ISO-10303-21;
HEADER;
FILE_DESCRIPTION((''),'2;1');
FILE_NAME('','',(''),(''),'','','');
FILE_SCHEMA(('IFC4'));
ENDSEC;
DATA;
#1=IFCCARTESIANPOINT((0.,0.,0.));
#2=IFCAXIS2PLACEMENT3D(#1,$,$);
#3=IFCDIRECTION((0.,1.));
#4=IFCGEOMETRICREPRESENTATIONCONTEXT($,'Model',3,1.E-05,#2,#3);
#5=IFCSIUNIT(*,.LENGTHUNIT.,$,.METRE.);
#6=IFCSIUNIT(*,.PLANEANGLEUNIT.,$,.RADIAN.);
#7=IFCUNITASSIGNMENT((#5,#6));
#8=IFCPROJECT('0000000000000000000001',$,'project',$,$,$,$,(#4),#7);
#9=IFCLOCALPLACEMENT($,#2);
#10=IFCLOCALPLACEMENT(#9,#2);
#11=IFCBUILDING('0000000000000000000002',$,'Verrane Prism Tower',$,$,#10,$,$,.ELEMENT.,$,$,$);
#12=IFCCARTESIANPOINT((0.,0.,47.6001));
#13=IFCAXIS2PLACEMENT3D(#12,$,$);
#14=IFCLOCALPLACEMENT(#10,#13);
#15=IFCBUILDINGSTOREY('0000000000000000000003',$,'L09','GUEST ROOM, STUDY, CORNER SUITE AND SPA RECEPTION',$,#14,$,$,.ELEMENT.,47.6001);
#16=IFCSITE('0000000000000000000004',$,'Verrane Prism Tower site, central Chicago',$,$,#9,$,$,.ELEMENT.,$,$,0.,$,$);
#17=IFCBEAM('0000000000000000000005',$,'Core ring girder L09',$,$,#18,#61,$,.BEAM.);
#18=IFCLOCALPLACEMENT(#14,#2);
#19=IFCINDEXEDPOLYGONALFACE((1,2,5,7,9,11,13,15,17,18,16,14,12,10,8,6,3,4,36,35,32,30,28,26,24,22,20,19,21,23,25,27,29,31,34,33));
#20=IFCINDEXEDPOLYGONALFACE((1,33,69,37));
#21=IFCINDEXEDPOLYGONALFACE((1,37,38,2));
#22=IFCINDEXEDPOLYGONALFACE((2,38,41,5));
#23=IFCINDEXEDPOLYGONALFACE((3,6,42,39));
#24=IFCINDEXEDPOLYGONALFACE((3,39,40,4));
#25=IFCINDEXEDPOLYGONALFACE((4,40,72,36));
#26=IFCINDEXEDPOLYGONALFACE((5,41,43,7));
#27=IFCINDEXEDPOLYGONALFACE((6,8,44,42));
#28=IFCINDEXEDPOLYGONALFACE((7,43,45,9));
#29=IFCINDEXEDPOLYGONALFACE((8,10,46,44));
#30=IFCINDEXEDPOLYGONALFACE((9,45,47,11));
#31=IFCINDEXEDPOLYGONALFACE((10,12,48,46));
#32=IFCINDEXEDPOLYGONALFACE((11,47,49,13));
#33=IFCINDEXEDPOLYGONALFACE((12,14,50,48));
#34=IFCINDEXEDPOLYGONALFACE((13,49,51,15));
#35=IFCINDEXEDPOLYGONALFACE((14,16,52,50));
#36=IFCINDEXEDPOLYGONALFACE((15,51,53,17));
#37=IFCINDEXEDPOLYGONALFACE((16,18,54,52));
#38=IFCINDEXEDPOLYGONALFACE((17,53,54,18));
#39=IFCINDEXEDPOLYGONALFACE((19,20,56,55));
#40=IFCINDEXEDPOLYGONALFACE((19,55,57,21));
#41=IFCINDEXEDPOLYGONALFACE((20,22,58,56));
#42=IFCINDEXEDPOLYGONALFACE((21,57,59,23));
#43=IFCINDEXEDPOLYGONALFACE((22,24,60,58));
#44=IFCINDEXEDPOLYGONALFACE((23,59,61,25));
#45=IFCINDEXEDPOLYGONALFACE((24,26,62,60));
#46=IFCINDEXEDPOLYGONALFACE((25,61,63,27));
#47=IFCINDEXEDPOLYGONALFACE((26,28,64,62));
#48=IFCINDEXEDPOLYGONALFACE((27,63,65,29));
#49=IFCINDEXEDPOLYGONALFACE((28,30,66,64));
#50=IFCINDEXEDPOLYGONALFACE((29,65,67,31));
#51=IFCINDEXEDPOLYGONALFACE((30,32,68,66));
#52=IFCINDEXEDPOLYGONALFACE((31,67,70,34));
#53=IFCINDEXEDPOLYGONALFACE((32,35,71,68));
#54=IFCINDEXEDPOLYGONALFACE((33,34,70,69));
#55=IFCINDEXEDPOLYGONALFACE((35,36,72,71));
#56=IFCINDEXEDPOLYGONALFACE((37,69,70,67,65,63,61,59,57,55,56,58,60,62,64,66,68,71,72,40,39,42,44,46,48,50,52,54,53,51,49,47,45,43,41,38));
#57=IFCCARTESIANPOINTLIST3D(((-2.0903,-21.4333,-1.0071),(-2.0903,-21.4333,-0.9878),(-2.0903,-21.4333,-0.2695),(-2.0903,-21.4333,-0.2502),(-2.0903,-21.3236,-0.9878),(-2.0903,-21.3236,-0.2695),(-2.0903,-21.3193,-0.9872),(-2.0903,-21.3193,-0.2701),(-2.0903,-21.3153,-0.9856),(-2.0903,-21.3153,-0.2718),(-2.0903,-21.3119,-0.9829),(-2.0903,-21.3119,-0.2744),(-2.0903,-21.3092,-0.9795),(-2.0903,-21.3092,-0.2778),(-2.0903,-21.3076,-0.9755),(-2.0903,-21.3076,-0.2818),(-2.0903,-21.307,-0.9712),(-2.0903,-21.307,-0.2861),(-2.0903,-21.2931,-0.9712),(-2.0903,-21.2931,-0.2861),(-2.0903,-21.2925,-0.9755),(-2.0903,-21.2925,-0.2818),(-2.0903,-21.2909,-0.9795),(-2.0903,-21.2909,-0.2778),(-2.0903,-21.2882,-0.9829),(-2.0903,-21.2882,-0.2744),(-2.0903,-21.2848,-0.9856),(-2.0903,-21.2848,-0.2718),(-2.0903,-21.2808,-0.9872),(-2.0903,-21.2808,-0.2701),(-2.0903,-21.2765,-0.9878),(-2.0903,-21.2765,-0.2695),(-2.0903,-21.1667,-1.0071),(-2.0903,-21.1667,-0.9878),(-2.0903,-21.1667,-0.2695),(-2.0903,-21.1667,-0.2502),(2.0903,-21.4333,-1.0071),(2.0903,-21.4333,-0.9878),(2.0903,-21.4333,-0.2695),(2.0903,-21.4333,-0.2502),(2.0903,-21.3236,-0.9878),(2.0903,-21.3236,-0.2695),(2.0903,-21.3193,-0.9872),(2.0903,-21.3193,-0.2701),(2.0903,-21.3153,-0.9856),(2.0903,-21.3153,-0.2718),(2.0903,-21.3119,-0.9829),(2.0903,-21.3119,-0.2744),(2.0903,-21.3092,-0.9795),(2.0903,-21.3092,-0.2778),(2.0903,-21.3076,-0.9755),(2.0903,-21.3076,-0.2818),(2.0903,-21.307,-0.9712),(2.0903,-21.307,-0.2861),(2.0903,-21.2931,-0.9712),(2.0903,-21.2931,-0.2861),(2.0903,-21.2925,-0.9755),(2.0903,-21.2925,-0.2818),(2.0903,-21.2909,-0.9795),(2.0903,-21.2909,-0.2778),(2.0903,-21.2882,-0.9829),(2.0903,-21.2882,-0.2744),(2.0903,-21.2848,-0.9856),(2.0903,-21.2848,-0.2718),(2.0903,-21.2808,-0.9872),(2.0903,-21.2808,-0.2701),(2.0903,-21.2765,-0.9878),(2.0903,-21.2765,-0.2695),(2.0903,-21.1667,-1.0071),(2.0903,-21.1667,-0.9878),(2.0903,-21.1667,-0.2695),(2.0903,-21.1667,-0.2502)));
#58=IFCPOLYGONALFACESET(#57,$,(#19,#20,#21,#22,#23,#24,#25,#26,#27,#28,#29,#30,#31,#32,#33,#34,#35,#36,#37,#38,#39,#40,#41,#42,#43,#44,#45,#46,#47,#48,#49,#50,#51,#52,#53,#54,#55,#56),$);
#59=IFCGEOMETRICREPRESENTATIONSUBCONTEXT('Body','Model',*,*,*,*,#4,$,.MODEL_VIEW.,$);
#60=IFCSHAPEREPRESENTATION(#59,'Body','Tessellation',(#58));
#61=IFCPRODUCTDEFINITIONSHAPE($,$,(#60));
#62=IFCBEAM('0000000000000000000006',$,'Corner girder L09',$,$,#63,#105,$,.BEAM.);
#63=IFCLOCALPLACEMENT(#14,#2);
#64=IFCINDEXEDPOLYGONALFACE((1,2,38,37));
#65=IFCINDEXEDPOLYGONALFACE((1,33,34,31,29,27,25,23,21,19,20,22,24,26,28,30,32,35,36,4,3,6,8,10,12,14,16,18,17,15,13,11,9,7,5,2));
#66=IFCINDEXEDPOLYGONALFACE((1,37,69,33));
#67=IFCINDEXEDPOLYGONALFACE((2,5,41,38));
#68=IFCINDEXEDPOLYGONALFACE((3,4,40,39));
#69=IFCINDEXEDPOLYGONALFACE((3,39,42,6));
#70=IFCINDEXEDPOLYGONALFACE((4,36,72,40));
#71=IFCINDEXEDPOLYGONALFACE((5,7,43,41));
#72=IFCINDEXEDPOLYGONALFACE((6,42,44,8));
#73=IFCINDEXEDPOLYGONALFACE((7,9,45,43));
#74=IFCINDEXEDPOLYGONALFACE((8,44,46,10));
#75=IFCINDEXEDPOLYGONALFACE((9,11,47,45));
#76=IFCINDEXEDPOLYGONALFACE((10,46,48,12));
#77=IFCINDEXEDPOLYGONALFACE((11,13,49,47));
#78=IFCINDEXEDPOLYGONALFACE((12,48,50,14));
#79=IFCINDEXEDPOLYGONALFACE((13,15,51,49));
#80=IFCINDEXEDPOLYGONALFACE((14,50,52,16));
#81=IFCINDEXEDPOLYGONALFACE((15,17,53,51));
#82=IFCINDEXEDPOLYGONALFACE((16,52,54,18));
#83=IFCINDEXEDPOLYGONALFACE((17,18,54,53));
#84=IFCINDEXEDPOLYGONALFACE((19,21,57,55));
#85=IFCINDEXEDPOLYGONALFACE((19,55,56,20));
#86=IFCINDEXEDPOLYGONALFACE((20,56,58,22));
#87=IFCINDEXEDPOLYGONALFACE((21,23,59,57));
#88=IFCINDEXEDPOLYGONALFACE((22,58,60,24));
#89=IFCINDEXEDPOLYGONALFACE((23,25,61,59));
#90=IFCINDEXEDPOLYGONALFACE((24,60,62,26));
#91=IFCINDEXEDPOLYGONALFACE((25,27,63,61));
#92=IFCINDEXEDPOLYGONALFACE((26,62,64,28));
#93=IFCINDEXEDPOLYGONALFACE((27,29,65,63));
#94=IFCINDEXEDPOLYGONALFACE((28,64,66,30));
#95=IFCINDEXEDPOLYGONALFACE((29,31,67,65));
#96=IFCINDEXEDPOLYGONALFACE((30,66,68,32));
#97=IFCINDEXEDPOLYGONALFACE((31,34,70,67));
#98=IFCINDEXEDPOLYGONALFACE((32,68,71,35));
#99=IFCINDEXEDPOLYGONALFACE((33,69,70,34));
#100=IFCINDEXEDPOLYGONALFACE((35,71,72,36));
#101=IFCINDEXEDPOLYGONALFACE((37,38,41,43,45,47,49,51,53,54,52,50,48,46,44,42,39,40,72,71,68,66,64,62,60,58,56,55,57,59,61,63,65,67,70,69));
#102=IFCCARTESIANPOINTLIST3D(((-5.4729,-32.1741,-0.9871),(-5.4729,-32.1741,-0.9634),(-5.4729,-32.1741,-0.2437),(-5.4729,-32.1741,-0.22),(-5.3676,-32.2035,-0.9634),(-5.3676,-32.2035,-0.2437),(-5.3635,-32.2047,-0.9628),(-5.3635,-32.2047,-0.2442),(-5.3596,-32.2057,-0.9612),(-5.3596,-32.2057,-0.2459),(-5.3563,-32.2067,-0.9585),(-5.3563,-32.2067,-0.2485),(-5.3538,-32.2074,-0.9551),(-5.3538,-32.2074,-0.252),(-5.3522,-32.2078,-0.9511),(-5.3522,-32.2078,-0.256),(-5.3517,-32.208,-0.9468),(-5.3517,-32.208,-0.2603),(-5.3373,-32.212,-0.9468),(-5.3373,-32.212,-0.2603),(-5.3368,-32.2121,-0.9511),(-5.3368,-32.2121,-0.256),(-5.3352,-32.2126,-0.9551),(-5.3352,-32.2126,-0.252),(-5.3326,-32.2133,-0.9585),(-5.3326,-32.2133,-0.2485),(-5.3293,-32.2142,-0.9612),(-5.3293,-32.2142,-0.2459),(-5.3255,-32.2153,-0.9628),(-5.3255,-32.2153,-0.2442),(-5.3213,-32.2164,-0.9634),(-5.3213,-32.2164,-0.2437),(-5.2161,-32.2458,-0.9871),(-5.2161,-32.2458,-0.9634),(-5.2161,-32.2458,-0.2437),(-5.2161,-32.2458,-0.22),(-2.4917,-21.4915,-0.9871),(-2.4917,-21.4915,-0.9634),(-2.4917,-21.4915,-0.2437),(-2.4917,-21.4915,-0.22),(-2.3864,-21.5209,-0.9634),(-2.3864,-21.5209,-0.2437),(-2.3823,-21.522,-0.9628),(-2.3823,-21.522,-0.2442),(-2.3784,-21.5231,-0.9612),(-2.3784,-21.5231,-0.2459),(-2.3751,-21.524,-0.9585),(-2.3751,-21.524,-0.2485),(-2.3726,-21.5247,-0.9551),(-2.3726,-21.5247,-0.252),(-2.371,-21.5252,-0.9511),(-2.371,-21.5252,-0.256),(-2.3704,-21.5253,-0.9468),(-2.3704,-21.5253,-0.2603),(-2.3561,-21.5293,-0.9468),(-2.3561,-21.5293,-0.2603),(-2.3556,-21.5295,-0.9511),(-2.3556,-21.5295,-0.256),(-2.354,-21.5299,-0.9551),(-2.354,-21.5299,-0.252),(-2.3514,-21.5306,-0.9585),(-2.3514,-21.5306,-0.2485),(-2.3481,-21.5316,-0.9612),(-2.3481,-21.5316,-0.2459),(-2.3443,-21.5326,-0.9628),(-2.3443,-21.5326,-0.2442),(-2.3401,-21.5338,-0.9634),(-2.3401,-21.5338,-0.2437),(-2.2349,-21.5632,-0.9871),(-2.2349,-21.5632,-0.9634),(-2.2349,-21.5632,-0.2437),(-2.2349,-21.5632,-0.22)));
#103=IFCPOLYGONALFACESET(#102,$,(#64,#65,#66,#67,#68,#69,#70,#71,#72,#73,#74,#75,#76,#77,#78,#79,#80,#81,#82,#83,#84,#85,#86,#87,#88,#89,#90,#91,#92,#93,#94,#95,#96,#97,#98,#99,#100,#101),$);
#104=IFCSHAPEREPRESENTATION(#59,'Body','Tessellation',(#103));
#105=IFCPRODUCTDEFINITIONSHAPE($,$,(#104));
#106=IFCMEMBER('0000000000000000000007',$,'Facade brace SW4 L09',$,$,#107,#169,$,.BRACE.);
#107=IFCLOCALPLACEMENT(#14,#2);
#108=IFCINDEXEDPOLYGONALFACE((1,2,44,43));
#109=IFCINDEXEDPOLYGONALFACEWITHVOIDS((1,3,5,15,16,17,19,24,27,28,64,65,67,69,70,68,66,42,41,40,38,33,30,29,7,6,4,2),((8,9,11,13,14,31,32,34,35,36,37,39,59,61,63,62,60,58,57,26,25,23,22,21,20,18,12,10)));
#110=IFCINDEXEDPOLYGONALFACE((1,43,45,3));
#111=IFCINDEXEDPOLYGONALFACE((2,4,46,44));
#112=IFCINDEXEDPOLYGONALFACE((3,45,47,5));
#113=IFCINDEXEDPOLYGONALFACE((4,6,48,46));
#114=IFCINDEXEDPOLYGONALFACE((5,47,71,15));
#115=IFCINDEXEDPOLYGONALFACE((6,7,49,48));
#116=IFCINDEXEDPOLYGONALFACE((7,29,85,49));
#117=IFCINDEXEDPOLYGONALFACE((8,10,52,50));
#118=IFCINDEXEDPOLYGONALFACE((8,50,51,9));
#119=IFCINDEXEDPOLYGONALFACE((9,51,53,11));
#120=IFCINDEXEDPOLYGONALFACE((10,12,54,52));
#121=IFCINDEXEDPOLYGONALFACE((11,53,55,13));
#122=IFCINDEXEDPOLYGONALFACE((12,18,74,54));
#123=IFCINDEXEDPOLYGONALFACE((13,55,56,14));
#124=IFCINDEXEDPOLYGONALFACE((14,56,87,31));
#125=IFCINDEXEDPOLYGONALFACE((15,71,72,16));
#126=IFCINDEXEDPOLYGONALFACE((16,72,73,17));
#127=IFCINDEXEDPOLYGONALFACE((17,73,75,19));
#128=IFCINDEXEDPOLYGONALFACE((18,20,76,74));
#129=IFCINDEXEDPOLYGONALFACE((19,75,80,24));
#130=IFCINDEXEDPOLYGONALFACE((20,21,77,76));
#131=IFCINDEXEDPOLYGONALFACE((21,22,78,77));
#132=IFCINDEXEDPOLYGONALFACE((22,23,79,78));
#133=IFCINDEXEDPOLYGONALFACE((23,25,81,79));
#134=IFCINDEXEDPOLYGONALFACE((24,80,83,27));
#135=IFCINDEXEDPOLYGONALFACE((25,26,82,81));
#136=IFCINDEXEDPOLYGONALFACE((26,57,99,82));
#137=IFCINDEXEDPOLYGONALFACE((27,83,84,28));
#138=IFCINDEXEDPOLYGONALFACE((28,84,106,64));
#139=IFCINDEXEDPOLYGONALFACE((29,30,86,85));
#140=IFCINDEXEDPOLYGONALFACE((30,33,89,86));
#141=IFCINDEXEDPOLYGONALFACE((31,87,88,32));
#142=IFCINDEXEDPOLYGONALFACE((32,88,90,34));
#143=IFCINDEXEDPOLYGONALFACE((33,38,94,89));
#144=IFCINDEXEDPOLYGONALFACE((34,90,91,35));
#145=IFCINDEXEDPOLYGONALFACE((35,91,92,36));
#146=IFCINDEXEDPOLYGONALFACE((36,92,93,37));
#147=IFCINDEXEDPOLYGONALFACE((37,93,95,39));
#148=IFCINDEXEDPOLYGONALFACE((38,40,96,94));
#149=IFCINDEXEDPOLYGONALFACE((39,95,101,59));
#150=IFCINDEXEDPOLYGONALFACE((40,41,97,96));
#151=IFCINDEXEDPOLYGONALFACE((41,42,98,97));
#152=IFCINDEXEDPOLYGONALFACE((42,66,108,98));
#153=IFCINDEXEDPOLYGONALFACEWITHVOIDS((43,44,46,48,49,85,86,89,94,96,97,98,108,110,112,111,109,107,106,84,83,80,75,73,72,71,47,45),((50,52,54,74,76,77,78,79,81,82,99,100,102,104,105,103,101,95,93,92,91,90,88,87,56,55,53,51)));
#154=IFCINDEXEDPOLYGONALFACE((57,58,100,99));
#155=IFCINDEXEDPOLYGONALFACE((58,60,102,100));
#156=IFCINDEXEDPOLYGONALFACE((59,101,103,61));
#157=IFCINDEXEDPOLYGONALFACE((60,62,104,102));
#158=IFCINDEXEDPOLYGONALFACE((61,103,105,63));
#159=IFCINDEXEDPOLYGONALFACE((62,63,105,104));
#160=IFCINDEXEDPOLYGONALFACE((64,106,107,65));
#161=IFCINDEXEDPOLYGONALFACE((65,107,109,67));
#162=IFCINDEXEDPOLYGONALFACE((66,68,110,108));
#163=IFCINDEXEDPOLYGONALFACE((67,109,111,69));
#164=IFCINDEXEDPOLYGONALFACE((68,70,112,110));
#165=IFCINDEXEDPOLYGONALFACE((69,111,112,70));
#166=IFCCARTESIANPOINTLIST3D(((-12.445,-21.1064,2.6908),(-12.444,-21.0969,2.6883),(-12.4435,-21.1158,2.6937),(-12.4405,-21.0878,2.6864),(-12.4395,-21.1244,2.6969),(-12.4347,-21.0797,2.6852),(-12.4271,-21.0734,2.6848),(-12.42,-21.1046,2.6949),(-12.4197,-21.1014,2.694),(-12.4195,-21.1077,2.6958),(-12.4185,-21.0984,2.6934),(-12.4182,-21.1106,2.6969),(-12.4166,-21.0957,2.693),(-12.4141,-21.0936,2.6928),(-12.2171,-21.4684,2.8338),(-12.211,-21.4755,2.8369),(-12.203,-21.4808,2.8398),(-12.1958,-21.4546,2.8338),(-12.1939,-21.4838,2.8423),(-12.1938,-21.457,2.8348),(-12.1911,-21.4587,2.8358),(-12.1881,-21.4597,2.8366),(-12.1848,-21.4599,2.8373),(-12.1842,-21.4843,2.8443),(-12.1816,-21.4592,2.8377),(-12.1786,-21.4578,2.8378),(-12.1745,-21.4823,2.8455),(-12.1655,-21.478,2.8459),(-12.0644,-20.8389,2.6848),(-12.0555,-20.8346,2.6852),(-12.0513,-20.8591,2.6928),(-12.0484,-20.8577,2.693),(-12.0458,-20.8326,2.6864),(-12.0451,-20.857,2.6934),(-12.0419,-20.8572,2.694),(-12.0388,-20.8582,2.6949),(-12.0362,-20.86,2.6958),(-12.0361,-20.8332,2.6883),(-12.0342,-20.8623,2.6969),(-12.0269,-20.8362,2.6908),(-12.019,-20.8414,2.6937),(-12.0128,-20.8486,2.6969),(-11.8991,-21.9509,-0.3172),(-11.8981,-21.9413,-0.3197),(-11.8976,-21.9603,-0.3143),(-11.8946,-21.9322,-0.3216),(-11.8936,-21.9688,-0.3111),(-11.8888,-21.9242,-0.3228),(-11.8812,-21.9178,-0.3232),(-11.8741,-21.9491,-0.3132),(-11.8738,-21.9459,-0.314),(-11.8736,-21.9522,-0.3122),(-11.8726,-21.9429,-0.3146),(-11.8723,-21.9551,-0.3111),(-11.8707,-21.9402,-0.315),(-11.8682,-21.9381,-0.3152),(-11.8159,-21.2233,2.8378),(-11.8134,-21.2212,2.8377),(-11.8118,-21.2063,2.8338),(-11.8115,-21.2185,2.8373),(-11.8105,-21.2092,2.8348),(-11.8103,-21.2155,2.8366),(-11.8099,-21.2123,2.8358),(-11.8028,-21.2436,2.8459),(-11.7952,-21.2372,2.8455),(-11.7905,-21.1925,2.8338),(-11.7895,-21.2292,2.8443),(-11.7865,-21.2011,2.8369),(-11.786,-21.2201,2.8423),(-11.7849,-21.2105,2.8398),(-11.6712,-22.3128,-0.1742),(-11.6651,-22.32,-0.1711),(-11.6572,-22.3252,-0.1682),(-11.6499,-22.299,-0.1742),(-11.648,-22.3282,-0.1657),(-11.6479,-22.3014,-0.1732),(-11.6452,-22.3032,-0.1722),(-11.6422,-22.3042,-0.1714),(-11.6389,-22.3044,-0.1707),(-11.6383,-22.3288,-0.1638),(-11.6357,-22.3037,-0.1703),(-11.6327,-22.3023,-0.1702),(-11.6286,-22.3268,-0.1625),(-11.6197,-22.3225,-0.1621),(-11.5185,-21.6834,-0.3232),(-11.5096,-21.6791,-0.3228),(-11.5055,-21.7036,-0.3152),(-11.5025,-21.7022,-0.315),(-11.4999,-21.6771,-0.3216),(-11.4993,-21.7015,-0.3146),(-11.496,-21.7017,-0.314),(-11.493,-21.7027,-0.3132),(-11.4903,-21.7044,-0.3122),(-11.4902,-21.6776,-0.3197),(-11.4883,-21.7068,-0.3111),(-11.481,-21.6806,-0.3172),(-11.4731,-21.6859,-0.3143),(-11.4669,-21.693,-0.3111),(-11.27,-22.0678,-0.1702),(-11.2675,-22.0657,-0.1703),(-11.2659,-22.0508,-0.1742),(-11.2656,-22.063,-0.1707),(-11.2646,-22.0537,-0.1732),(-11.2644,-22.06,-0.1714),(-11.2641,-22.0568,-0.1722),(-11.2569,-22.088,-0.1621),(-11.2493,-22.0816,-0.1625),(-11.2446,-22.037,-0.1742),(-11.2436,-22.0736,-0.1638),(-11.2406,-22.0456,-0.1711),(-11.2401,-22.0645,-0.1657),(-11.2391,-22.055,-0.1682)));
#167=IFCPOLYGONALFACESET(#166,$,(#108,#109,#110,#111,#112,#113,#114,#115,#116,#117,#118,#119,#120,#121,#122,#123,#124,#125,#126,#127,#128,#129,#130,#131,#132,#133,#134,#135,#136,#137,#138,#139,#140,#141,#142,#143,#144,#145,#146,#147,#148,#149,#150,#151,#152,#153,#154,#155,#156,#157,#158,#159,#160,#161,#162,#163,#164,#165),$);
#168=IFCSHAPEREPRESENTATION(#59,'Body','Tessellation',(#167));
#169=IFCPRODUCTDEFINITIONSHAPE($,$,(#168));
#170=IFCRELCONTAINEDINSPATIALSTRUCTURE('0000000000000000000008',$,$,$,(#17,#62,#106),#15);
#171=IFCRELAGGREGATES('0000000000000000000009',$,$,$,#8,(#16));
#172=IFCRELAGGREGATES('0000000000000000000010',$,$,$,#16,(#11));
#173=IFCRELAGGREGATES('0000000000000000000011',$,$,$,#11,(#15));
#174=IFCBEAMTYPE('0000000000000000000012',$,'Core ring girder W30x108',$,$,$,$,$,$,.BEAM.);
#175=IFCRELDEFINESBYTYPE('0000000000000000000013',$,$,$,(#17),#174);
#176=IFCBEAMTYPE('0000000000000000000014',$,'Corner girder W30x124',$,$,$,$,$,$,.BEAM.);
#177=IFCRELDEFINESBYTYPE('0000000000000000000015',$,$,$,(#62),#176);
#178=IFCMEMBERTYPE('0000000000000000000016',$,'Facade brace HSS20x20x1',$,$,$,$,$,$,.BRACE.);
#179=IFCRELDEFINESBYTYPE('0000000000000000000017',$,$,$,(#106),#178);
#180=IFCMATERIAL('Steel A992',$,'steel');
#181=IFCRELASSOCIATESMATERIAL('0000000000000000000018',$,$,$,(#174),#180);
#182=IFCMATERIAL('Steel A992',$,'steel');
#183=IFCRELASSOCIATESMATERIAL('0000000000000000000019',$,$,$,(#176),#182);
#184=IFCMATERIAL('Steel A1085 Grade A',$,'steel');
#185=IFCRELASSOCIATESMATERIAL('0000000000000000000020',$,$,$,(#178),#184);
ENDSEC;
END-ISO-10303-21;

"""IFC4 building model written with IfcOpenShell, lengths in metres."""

from ifc_helpers import new_model, si_unit, direction, frame, origin, origin_2d, place, context, subcontext, project, spatial, hollow_rectangle, i_section, extrude, material, material_profile, profile_set, type_object, element, save


model = new_model("IFC4")

# Units and contexts
model_context = context("Model", 3, precision=1e-05, world=origin(), true_north=direction((0.0, 1.0)))
body_context = subcontext(model_context, "Body", "Model", "MODEL_VIEW")
ifc_project = project(units=[si_unit("LENGTHUNIT", "METRE"), si_unit("PLANEANGLEUNIT", "RADIAN")], contexts=[model_context])

# Site, building, storey
site_placement = place(None, origin())
site = spatial("IfcSite", under=ifc_project, at=site_placement, Name="Verrane Prism Tower site, central Chicago", CompositionType="ELEMENT", RefElevation=0.0)
building_placement = place(site_placement, origin())
building = spatial("IfcBuilding", under=site, at=building_placement, Name="Verrane Prism Tower", CompositionType="ELEMENT")
storey_placement = place(building_placement, frame((0.0, 0.0, 47.6001)))
storey = spatial("IfcBuildingStorey", under=building, at=storey_placement, Name="L09", Description="GUEST ROOM, STUDY, CORNER SUITE AND SPA RECEPTION", CompositionType="ELEMENT", Elevation=47.6001)

# Beams
ifc_material_1 = material(Name="Steel A992", Category="steel")
ifc_material_profile_1 = material_profile(ifc_material_1, i_section(OverallWidth=0.2666, OverallDepth=0.7568, WebThickness=0.0139, FlangeThickness=0.0193, FilletRadius=0.0166, at=origin_2d()), Name="W30x108")
ifc_profile_set_1 = profile_set([ifc_material_profile_1], Name="Steel A992")
beam_type_1 = type_object("IfcBeamType", Name="Core ring girder W30x108", PredefinedType="BEAM", material=ifc_profile_set_1)
beam_1_placement = place(storey_placement, frame((-2.0903, -21.3, -0.6287), z_axis=(1.0, 0.0, 0.0), x_axis=(0.0, 1.0, 0.0)))
element("IfcBeam", 1, at=beam_1_placement, inside=storey, type_object=beam_type_1, Name="Core ring girder L09", PredefinedType="BEAM", context=body_context, shape_type="SweptSolid", body=[
    extrude(i_section(OverallWidth=0.2666, OverallDepth=0.7568, WebThickness=0.0139, FlangeThickness=0.0193, FilletRadius=0.0166, at=origin_2d()), origin(), (0.0, 0.0, 1.0), 4.1807),
])
ifc_material_2 = material(Name="Steel A992", Category="steel")
ifc_material_profile_2 = material_profile(ifc_material_2, i_section(OverallWidth=0.2666, OverallDepth=0.7671, WebThickness=0.0149, FlangeThickness=0.0237, FilletRadius=0.0166, at=origin_2d()), Name="W30x124")
ifc_profile_set_2 = profile_set([ifc_material_profile_2], Name="Steel A992")
beam_type_2 = type_object("IfcBeamType", Name="Corner girder W30x124", PredefinedType="BEAM", material=ifc_profile_set_2)
beam_2_placement = place(storey_placement, frame((-5.3445, -32.21, -0.6035), z_axis=(0.268799, 0.963196, 0.0), x_axis=(-0.963196, 0.268799, 0.0)))
element("IfcBeam", 2, at=beam_2_placement, inside=storey, type_object=beam_type_2, Name="Corner girder L09", PredefinedType="BEAM", context=body_context, shape_type="SweptSolid", body=[
    extrude(i_section(OverallWidth=0.2666, OverallDepth=0.7671, WebThickness=0.0149, FlangeThickness=0.0237, FilletRadius=0.0166, at=origin_2d()), origin(), (0.0, 0.0, 1.0), 11.0908),
])

# Member
ifc_material_3 = material(Name="Steel A1085 Grade A", Category="steel")
ifc_material_profile_3 = material_profile(ifc_material_3, hollow_rectangle(XDim=0.5081, YDim=0.5081, WallThickness=0.0254, InnerFilletRadius=0.0127, OuterFilletRadius=0.0381, at=origin_2d()), Name="HSS20x20x1")
ifc_profile_set_3 = profile_set([ifc_material_profile_3], Name="Steel A1085 Grade A")
member_type_1 = type_object("IfcMemberType", Name="Facade brace HSS20x20x1", PredefinedType="BRACE", material=ifc_profile_set_3)
member_1_placement = place(storey_placement, frame((-11.5691, -22.0029, -0.2427), z_axis=(-0.172116, 0.266257, 0.948411), x_axis=(-0.839811, -0.542879, 0.0)))
element("IfcMember", 3, at=member_1_placement, inside=storey, type_object=member_type_1, Name="Facade brace SW4 L09", PredefinedType="BRACE", context=body_context, shape_type="SweptSolid", body=[
    extrude(hollow_rectangle(XDim=0.5081, YDim=0.5081, WallThickness=0.0254, InnerFilletRadius=0.0127, OuterFilletRadius=0.0381, at=origin_2d()), origin(), (0.0, 0.0, 1.0), 3.1716),
])

save(model, "model.ifc")
